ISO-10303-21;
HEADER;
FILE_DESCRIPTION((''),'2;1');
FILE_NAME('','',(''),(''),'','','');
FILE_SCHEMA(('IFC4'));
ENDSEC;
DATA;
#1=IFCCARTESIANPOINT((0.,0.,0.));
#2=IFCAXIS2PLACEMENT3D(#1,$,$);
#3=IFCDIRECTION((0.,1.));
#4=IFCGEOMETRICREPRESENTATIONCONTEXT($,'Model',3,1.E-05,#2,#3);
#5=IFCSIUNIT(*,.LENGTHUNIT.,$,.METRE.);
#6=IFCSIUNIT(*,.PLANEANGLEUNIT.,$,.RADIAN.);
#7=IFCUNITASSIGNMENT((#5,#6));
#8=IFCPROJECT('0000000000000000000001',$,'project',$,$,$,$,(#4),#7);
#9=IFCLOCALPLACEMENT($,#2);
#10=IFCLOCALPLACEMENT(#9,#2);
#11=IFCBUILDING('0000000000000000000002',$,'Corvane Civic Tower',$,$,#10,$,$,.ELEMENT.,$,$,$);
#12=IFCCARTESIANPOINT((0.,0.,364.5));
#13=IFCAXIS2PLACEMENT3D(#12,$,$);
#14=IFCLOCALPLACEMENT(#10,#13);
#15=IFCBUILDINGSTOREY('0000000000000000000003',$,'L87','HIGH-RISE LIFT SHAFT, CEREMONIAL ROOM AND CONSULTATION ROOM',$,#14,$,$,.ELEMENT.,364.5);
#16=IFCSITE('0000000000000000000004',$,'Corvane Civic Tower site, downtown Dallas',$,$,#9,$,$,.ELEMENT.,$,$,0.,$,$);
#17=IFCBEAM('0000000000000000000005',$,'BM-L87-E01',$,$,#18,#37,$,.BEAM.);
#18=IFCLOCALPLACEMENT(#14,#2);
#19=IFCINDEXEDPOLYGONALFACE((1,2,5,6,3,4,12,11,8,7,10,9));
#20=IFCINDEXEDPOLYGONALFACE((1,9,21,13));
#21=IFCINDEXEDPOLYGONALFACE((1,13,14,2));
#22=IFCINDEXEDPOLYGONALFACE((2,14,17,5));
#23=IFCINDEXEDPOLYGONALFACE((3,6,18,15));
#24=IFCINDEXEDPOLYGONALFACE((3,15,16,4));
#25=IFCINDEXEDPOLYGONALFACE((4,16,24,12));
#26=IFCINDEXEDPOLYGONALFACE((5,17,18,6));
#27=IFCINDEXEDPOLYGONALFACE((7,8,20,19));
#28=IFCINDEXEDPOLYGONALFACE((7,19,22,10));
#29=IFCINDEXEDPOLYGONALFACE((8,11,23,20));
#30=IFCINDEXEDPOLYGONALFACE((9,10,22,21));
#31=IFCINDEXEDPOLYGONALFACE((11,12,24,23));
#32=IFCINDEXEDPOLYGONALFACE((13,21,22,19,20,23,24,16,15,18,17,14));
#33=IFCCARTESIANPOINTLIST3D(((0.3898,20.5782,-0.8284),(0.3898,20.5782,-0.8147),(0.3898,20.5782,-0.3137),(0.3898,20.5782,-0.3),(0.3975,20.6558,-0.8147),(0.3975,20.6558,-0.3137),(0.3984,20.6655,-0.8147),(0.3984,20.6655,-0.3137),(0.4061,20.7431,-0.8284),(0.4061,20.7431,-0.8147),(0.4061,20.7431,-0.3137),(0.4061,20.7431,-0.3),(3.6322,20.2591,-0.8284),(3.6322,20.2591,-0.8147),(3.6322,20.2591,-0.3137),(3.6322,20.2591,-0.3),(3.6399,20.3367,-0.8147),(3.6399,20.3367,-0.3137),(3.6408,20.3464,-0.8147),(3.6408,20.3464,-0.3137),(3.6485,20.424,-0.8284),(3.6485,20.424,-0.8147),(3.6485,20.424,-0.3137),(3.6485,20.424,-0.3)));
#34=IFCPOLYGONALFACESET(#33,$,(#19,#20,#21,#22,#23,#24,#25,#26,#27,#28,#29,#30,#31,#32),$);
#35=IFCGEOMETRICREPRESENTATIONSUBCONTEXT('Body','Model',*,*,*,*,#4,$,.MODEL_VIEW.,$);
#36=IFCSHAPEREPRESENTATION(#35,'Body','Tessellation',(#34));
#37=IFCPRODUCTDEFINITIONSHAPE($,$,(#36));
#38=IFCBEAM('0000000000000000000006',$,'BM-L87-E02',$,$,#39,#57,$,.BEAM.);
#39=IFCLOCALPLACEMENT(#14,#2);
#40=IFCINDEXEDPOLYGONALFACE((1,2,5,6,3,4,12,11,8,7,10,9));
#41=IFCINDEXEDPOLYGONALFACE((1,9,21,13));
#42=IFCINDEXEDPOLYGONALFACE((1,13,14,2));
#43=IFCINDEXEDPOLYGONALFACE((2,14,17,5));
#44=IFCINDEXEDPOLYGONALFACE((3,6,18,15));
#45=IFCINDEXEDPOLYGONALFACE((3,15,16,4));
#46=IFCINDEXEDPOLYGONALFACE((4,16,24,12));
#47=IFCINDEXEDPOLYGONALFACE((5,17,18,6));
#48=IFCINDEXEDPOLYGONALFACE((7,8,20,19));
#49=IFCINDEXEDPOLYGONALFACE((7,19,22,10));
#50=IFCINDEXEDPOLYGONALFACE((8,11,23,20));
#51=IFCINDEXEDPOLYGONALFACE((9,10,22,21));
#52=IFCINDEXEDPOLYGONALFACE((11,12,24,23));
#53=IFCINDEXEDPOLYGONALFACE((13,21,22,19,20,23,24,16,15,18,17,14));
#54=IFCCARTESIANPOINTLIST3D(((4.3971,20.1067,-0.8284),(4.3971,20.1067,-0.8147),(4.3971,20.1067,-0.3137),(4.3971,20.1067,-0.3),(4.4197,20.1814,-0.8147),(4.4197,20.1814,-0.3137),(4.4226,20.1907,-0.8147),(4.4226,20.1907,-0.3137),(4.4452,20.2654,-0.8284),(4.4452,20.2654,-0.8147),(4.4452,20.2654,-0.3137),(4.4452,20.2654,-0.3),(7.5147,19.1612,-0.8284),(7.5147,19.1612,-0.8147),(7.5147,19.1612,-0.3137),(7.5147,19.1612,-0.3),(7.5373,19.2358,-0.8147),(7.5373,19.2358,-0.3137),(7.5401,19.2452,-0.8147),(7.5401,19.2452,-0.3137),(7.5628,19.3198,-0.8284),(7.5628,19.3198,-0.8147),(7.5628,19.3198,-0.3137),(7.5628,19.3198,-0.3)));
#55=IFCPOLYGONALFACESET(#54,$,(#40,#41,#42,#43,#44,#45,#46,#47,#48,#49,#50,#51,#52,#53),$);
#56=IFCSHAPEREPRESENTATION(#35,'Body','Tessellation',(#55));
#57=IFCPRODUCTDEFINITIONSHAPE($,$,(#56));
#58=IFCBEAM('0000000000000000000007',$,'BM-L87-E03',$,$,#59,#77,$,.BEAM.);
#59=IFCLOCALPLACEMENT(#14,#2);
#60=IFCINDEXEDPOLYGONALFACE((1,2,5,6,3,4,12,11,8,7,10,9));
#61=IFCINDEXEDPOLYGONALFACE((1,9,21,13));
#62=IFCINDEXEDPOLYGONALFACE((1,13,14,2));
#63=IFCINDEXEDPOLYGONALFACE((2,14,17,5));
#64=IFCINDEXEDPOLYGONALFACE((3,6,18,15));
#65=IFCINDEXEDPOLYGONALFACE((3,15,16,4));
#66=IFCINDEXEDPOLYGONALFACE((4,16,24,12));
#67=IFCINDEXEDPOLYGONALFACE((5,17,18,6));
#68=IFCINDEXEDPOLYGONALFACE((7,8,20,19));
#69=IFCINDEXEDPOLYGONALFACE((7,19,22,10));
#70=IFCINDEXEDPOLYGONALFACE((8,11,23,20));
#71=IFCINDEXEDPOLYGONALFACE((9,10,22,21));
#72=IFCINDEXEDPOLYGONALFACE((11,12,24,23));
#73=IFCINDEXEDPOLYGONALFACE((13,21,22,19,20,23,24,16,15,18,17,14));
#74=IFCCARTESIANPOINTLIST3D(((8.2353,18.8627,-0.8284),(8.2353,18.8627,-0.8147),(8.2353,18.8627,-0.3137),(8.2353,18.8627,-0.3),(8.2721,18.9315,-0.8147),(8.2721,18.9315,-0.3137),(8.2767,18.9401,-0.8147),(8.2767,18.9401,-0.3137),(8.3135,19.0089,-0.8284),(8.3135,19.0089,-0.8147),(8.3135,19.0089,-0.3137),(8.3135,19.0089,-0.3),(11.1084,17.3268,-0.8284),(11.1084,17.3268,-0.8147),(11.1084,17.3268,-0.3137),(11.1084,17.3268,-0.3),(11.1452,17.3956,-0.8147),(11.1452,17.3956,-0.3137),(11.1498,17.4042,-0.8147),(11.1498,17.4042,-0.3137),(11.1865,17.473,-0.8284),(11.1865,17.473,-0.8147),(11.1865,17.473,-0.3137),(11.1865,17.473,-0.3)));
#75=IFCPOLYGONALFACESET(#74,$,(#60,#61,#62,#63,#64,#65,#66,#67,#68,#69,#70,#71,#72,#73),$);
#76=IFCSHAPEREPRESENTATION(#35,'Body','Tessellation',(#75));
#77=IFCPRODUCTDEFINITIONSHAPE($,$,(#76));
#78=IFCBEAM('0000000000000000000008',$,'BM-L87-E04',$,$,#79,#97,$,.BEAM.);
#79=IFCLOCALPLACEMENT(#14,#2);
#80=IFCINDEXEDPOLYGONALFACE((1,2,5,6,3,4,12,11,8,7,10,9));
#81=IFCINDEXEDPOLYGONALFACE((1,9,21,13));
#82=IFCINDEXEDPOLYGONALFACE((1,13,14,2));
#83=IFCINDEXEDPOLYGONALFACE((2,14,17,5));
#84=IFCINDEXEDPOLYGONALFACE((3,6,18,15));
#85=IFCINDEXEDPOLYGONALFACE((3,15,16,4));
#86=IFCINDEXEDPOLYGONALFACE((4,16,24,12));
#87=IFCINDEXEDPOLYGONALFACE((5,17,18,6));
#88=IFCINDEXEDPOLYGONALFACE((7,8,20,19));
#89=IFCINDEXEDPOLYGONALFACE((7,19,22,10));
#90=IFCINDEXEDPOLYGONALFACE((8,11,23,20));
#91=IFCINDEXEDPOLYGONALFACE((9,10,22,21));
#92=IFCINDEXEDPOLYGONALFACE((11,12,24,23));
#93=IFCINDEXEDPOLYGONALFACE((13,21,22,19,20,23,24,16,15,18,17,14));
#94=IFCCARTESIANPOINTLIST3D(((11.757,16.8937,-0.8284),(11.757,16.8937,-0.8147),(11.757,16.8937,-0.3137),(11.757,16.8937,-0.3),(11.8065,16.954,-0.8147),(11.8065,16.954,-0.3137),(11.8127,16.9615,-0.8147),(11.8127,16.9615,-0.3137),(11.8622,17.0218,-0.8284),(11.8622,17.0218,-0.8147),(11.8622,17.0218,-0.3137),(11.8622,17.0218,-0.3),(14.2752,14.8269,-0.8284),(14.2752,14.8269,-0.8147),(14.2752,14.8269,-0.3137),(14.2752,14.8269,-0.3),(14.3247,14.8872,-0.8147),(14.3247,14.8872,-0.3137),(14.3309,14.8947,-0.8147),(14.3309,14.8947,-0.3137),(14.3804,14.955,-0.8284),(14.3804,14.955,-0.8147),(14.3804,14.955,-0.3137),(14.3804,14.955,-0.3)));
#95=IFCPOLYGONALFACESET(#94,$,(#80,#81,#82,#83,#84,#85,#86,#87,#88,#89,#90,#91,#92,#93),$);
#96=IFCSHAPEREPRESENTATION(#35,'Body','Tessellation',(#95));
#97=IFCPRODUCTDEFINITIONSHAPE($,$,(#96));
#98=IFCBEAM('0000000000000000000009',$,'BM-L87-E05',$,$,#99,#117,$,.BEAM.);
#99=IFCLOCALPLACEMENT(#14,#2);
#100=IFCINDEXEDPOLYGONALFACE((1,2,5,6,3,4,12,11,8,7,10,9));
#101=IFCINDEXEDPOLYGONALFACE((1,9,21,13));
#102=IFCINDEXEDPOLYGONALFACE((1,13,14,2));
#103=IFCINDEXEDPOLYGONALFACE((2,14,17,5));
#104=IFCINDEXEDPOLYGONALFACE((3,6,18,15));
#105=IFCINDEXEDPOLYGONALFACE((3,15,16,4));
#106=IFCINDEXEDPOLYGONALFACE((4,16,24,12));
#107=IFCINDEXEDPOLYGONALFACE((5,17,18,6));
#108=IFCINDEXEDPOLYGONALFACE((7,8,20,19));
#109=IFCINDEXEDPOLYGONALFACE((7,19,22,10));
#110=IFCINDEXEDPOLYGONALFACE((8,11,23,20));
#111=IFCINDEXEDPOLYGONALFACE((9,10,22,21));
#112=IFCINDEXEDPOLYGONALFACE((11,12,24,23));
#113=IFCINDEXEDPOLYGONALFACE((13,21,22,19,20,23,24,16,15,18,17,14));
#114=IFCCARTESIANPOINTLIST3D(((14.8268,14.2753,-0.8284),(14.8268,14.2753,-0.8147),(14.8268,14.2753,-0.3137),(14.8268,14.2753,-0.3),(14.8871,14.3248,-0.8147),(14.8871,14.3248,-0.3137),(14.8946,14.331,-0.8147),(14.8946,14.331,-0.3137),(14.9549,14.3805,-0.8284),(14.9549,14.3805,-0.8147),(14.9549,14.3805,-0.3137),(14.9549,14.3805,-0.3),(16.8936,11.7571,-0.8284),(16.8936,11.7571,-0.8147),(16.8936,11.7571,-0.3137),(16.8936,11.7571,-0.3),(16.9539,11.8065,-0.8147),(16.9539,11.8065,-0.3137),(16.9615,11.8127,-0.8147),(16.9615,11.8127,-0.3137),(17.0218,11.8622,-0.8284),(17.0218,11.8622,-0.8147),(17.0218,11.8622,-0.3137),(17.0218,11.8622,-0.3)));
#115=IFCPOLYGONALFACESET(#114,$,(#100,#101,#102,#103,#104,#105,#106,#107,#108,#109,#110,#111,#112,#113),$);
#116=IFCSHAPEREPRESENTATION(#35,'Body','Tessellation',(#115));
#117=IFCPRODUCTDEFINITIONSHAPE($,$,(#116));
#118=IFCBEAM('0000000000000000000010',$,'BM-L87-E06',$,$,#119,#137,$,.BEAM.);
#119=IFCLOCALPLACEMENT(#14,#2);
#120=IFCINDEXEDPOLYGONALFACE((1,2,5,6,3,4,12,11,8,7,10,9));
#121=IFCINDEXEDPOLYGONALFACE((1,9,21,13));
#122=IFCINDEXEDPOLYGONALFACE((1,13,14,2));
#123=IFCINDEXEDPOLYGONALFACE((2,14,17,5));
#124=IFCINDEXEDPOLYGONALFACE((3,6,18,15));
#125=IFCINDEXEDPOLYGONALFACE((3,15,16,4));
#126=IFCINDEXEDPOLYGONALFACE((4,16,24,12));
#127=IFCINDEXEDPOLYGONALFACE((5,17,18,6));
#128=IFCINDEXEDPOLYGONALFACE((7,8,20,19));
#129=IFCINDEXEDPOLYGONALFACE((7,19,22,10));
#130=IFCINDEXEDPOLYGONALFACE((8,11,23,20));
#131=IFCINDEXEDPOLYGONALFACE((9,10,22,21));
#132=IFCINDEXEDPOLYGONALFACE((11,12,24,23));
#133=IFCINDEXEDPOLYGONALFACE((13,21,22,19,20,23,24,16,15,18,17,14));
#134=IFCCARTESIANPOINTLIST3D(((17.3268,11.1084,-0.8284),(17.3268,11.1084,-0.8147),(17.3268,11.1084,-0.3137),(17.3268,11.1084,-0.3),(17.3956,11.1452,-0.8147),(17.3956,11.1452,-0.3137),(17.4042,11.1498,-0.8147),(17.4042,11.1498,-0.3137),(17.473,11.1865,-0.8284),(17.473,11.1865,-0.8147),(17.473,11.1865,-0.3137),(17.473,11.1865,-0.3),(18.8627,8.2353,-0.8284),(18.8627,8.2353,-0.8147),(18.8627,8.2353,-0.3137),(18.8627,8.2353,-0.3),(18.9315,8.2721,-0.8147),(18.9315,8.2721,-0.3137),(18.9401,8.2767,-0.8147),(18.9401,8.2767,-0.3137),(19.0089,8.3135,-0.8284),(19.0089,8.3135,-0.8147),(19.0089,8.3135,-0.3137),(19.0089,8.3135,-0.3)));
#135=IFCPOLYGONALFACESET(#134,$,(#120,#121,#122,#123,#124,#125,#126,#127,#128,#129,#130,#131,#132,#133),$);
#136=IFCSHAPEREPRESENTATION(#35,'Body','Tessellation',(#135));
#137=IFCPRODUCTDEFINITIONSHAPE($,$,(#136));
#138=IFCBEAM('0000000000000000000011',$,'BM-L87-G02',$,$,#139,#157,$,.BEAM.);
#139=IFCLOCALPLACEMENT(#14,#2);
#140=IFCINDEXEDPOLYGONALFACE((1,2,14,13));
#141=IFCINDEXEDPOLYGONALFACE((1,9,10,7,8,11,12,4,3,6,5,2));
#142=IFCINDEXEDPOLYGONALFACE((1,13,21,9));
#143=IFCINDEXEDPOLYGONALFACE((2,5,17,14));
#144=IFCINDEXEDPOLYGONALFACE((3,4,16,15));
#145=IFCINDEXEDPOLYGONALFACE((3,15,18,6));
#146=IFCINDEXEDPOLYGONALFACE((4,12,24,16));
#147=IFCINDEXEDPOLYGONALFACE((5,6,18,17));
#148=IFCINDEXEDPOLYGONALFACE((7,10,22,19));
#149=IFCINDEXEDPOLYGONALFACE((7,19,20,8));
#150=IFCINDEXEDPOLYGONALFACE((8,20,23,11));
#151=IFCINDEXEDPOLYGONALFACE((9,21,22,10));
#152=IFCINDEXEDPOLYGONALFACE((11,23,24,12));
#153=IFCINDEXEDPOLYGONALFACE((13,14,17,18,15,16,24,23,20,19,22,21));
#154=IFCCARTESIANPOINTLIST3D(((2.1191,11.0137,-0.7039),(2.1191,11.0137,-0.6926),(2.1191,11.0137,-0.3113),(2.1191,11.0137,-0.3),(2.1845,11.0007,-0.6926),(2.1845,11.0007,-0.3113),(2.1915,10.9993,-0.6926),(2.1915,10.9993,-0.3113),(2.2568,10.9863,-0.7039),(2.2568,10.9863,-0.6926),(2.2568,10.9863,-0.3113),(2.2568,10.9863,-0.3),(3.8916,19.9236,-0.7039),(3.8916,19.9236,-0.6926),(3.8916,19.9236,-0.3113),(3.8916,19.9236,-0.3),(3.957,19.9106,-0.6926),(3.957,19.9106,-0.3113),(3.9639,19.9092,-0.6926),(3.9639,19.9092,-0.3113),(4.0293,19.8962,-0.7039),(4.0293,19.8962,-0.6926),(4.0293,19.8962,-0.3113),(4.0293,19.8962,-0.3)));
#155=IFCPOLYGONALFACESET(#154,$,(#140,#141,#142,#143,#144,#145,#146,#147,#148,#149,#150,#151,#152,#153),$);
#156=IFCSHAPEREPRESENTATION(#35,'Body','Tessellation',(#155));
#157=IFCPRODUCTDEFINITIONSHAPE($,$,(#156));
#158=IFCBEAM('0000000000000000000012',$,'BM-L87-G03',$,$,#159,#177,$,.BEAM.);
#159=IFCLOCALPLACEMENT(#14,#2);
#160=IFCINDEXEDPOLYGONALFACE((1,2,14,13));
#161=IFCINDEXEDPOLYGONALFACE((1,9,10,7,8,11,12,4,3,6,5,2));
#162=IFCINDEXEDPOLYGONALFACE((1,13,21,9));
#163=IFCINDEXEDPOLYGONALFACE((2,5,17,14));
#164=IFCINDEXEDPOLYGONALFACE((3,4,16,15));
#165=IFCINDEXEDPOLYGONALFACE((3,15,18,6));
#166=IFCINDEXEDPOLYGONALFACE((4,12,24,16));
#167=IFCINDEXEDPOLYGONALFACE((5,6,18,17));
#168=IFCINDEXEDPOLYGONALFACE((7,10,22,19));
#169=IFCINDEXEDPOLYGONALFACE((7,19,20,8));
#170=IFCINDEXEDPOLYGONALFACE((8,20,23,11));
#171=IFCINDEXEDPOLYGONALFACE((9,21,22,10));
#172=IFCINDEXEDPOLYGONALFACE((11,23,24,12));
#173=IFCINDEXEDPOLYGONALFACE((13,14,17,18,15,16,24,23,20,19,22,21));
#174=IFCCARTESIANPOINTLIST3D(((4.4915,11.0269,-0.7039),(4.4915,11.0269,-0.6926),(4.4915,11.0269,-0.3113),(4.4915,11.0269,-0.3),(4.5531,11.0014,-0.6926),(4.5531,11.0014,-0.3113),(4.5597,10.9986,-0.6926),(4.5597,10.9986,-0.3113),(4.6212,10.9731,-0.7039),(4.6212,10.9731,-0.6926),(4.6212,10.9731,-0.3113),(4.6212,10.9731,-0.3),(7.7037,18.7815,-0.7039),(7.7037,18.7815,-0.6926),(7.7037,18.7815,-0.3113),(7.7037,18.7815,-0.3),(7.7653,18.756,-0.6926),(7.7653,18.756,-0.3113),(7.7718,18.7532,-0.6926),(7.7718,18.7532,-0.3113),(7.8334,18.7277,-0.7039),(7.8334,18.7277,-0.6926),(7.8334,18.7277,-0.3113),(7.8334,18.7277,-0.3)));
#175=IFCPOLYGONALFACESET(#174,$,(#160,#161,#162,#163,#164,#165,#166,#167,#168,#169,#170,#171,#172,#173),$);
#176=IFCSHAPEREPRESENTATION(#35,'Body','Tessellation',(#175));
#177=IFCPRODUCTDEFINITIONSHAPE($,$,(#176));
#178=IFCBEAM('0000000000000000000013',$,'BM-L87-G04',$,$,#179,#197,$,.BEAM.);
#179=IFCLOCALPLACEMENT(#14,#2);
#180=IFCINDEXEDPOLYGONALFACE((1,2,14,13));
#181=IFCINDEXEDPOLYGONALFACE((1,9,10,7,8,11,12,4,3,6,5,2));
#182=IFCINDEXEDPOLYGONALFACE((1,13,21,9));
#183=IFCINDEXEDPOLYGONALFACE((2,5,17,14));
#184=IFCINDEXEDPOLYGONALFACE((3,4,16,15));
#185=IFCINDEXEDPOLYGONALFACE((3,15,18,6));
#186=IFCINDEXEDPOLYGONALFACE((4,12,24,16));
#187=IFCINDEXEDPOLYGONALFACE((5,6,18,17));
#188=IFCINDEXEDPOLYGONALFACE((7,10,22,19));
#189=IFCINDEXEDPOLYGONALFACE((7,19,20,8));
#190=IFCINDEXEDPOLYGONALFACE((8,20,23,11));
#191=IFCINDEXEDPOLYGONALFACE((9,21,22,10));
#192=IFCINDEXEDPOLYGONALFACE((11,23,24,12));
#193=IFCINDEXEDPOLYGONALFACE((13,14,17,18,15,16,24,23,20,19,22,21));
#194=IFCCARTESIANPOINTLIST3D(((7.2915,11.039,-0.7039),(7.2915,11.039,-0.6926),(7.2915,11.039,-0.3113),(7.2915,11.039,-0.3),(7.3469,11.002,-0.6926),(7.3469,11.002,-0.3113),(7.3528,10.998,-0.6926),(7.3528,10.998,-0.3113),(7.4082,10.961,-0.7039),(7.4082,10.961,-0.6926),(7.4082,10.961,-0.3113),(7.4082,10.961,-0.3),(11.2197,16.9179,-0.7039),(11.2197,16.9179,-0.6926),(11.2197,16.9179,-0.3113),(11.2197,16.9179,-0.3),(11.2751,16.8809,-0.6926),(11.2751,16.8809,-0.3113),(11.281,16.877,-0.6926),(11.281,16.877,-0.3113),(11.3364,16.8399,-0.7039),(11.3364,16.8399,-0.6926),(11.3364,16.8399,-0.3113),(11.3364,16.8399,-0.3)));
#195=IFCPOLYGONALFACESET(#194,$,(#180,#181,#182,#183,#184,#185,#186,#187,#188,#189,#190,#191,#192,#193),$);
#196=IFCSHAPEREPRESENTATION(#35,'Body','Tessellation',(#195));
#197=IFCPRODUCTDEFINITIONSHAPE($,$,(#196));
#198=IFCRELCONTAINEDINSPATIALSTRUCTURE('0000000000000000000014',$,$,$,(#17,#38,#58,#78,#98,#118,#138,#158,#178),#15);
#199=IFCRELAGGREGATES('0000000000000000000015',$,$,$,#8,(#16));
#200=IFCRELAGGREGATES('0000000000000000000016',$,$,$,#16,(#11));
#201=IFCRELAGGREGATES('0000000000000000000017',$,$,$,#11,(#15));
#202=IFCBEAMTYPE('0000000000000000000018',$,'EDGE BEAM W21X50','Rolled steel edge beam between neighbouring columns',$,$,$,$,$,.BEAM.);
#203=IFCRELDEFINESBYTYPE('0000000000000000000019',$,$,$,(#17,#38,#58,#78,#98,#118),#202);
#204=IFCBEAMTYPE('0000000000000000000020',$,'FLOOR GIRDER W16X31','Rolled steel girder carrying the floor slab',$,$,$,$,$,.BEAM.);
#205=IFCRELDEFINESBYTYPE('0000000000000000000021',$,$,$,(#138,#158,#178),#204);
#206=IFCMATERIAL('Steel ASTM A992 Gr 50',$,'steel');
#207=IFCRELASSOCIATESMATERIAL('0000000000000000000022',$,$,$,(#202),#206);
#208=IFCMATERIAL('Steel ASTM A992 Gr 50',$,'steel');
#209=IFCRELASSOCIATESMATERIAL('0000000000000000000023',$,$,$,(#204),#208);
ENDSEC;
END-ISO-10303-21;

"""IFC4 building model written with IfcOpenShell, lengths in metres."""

from ifc_helpers import new_model, si_unit, direction, frame, origin, origin_2d, place, context, subcontext, project, spatial, i_section, extrude, material, material_profile, profile_set, type_object, element, save


model = new_model("IFC4")

# Units and contexts
model_context = context("Model", 3, precision=1e-05, world=origin(), true_north=direction((0.0, 1.0)))
body_context = subcontext(model_context, "Body", "Model", "MODEL_VIEW")
ifc_project = project(units=[si_unit("LENGTHUNIT", "METRE"), si_unit("PLANEANGLEUNIT", "RADIAN")], contexts=[model_context])

# Site, building, storey
site_placement = place(None, origin())
site = spatial("IfcSite", under=ifc_project, at=site_placement, Name="Corvane Civic Tower site, downtown Dallas", CompositionType="ELEMENT", RefElevation=0.0)
building_placement = place(site_placement, origin())
building = spatial("IfcBuilding", under=site, at=building_placement, Name="Corvane Civic Tower", CompositionType="ELEMENT")
storey_placement = place(building_placement, frame((0.0, 0.0, 364.5)))
storey = spatial("IfcBuildingStorey", under=building, at=storey_placement, Name="L87", Description="HIGH-RISE LIFT SHAFT, CEREMONIAL ROOM AND CONSULTATION ROOM", CompositionType="ELEMENT", Elevation=364.5)

# Beams
ifc_material_1 = material(Name="Steel ASTM A992 Gr 50", Category="steel")
ifc_material_profile_1 = material_profile(ifc_material_1, i_section(OverallWidth=0.1658, OverallDepth=0.5283, WebThickness=0.0098, FlangeThickness=0.0137, at=origin_2d()), Name="W21X50")
ifc_profile_set_1 = profile_set([ifc_material_profile_1], Name="Steel ASTM A992 Gr 50")
beam_type_1 = type_object("IfcBeamType", Name="EDGE BEAM W21X50", Description="Rolled steel edge beam between neighbouring columns", PredefinedType="BEAM", material=ifc_profile_set_1)
beam_1_placement = place(storey_placement, frame((0.3979, 20.6606, -0.5642), z_axis=(0.995193, -0.097938, 0.0), x_axis=(0.097938, 0.995193, 0.0)))
element("IfcBeam", 1, at=beam_1_placement, inside=storey, type_object=beam_type_1, Name="BM-L87-E01", PredefinedType="BEAM", context=body_context, shape_type="SweptSolid", body=[
    extrude(i_section(OverallWidth=0.1658, OverallDepth=0.5283, WebThickness=0.0098, FlangeThickness=0.0137, at=origin_2d()), origin(), (0.0, 0.0, 1.0), 3.2581),
])
for number, where, z_axis, x_axis, name in (
    (2, (4.4211, 20.186, -0.5642), (0.956956, -0.290234, 0.0), (0.290234, 0.956956, 0.0), "BM-L87-E02"),
    (3, (8.2744, 18.9358, -0.5642), (0.881894, -0.471448, 0.0), (0.471448, 0.881894, 0.0), "BM-L87-E03"),
    (4, (11.8096, 16.9578, -0.5642), (0.772985, -0.634425, 0.0), (0.634425, 0.772985, 0.0), "BM-L87-E04"),
    (5, (14.8909, 14.3279, -0.5642), (0.634425, -0.772985, 0.0), (0.772985, 0.634425, 0.0), "BM-L87-E05"),
    (6, (17.3999, 11.1475, -0.5642), (0.471448, -0.881894, 0.0), (0.881894, 0.471448, 0.0), "BM-L87-E06"),
):
    element("IfcBeam", number, at=place(storey_placement, frame(where, z_axis=z_axis, x_axis=x_axis)), inside=storey, type_object=beam_type_1, Name=name, PredefinedType="BEAM", context=body_context, shape_type="SweptSolid", body=[
        extrude(i_section(OverallWidth=0.1658, OverallDepth=0.5283, WebThickness=0.0098, FlangeThickness=0.0137, at=origin_2d()), origin(), (0.0, 0.0, 1.0), 3.2578),
    ])
ifc_material_2 = material(Name="Steel ASTM A992 Gr 50", Category="steel")
ifc_material_profile_2 = material_profile(ifc_material_2, i_section(OverallWidth=0.1404, OverallDepth=0.4038, WebThickness=0.0071, FlangeThickness=0.0112, at=origin_2d()), Name="W16X31")
ifc_profile_set_2 = profile_set([ifc_material_profile_2], Name="Steel ASTM A992 Gr 50")
beam_type_2 = type_object("IfcBeamType", Name="FLOOR GIRDER W16X31", Description="Rolled steel girder carrying the floor slab", PredefinedType="BEAM", material=ifc_profile_set_2)
beam_2_placement = place(storey_placement, frame((2.188, 11.0, -0.502), z_axis=(0.195108, 0.980782, 0.0), x_axis=(-0.980782, 0.195108, 0.0)))
element("IfcBeam", 7, at=beam_2_placement, inside=storey, type_object=beam_type_2, Name="BM-L87-G02", PredefinedType="BEAM", context=body_context, shape_type="SweptSolid", body=[
    extrude(i_section(OverallWidth=0.1404, OverallDepth=0.4038, WebThickness=0.0071, FlangeThickness=0.0112, at=origin_2d()), origin(), (0.0, 0.0, 1.0), 9.0845),
])
beam_3_placement = place(storey_placement, frame((4.5564, 11.0, -0.502), z_axis=(0.382692, 0.923876, 0.0), x_axis=(-0.923876, 0.382692, 0.0)))
element("IfcBeam", 8, at=beam_3_placement, inside=storey, type_object=beam_type_2, Name="BM-L87-G03", PredefinedType="BEAM", context=body_context, shape_type="SweptSolid", body=[
    extrude(i_section(OverallWidth=0.1404, OverallDepth=0.4038, WebThickness=0.0071, FlangeThickness=0.0112, at=origin_2d()), origin(), (0.0, 0.0, 1.0), 8.3936),
])
beam_4_placement = place(storey_placement, frame((7.3499, 11.0, -0.502), z_axis=(0.555576, 0.831465, 0.0), x_axis=(-0.831465, 0.555576, 0.0)))
element("IfcBeam", 9, at=beam_4_placement, inside=storey, type_object=beam_type_2, Name="BM-L87-G04", PredefinedType="BEAM", context=body_context, shape_type="SweptSolid", body=[
    extrude(i_section(OverallWidth=0.1404, OverallDepth=0.4038, WebThickness=0.0071, FlangeThickness=0.0112, at=origin_2d()), origin(), (0.0, 0.0, 1.0), 7.0706),
])

save(model, "model.ifc")
